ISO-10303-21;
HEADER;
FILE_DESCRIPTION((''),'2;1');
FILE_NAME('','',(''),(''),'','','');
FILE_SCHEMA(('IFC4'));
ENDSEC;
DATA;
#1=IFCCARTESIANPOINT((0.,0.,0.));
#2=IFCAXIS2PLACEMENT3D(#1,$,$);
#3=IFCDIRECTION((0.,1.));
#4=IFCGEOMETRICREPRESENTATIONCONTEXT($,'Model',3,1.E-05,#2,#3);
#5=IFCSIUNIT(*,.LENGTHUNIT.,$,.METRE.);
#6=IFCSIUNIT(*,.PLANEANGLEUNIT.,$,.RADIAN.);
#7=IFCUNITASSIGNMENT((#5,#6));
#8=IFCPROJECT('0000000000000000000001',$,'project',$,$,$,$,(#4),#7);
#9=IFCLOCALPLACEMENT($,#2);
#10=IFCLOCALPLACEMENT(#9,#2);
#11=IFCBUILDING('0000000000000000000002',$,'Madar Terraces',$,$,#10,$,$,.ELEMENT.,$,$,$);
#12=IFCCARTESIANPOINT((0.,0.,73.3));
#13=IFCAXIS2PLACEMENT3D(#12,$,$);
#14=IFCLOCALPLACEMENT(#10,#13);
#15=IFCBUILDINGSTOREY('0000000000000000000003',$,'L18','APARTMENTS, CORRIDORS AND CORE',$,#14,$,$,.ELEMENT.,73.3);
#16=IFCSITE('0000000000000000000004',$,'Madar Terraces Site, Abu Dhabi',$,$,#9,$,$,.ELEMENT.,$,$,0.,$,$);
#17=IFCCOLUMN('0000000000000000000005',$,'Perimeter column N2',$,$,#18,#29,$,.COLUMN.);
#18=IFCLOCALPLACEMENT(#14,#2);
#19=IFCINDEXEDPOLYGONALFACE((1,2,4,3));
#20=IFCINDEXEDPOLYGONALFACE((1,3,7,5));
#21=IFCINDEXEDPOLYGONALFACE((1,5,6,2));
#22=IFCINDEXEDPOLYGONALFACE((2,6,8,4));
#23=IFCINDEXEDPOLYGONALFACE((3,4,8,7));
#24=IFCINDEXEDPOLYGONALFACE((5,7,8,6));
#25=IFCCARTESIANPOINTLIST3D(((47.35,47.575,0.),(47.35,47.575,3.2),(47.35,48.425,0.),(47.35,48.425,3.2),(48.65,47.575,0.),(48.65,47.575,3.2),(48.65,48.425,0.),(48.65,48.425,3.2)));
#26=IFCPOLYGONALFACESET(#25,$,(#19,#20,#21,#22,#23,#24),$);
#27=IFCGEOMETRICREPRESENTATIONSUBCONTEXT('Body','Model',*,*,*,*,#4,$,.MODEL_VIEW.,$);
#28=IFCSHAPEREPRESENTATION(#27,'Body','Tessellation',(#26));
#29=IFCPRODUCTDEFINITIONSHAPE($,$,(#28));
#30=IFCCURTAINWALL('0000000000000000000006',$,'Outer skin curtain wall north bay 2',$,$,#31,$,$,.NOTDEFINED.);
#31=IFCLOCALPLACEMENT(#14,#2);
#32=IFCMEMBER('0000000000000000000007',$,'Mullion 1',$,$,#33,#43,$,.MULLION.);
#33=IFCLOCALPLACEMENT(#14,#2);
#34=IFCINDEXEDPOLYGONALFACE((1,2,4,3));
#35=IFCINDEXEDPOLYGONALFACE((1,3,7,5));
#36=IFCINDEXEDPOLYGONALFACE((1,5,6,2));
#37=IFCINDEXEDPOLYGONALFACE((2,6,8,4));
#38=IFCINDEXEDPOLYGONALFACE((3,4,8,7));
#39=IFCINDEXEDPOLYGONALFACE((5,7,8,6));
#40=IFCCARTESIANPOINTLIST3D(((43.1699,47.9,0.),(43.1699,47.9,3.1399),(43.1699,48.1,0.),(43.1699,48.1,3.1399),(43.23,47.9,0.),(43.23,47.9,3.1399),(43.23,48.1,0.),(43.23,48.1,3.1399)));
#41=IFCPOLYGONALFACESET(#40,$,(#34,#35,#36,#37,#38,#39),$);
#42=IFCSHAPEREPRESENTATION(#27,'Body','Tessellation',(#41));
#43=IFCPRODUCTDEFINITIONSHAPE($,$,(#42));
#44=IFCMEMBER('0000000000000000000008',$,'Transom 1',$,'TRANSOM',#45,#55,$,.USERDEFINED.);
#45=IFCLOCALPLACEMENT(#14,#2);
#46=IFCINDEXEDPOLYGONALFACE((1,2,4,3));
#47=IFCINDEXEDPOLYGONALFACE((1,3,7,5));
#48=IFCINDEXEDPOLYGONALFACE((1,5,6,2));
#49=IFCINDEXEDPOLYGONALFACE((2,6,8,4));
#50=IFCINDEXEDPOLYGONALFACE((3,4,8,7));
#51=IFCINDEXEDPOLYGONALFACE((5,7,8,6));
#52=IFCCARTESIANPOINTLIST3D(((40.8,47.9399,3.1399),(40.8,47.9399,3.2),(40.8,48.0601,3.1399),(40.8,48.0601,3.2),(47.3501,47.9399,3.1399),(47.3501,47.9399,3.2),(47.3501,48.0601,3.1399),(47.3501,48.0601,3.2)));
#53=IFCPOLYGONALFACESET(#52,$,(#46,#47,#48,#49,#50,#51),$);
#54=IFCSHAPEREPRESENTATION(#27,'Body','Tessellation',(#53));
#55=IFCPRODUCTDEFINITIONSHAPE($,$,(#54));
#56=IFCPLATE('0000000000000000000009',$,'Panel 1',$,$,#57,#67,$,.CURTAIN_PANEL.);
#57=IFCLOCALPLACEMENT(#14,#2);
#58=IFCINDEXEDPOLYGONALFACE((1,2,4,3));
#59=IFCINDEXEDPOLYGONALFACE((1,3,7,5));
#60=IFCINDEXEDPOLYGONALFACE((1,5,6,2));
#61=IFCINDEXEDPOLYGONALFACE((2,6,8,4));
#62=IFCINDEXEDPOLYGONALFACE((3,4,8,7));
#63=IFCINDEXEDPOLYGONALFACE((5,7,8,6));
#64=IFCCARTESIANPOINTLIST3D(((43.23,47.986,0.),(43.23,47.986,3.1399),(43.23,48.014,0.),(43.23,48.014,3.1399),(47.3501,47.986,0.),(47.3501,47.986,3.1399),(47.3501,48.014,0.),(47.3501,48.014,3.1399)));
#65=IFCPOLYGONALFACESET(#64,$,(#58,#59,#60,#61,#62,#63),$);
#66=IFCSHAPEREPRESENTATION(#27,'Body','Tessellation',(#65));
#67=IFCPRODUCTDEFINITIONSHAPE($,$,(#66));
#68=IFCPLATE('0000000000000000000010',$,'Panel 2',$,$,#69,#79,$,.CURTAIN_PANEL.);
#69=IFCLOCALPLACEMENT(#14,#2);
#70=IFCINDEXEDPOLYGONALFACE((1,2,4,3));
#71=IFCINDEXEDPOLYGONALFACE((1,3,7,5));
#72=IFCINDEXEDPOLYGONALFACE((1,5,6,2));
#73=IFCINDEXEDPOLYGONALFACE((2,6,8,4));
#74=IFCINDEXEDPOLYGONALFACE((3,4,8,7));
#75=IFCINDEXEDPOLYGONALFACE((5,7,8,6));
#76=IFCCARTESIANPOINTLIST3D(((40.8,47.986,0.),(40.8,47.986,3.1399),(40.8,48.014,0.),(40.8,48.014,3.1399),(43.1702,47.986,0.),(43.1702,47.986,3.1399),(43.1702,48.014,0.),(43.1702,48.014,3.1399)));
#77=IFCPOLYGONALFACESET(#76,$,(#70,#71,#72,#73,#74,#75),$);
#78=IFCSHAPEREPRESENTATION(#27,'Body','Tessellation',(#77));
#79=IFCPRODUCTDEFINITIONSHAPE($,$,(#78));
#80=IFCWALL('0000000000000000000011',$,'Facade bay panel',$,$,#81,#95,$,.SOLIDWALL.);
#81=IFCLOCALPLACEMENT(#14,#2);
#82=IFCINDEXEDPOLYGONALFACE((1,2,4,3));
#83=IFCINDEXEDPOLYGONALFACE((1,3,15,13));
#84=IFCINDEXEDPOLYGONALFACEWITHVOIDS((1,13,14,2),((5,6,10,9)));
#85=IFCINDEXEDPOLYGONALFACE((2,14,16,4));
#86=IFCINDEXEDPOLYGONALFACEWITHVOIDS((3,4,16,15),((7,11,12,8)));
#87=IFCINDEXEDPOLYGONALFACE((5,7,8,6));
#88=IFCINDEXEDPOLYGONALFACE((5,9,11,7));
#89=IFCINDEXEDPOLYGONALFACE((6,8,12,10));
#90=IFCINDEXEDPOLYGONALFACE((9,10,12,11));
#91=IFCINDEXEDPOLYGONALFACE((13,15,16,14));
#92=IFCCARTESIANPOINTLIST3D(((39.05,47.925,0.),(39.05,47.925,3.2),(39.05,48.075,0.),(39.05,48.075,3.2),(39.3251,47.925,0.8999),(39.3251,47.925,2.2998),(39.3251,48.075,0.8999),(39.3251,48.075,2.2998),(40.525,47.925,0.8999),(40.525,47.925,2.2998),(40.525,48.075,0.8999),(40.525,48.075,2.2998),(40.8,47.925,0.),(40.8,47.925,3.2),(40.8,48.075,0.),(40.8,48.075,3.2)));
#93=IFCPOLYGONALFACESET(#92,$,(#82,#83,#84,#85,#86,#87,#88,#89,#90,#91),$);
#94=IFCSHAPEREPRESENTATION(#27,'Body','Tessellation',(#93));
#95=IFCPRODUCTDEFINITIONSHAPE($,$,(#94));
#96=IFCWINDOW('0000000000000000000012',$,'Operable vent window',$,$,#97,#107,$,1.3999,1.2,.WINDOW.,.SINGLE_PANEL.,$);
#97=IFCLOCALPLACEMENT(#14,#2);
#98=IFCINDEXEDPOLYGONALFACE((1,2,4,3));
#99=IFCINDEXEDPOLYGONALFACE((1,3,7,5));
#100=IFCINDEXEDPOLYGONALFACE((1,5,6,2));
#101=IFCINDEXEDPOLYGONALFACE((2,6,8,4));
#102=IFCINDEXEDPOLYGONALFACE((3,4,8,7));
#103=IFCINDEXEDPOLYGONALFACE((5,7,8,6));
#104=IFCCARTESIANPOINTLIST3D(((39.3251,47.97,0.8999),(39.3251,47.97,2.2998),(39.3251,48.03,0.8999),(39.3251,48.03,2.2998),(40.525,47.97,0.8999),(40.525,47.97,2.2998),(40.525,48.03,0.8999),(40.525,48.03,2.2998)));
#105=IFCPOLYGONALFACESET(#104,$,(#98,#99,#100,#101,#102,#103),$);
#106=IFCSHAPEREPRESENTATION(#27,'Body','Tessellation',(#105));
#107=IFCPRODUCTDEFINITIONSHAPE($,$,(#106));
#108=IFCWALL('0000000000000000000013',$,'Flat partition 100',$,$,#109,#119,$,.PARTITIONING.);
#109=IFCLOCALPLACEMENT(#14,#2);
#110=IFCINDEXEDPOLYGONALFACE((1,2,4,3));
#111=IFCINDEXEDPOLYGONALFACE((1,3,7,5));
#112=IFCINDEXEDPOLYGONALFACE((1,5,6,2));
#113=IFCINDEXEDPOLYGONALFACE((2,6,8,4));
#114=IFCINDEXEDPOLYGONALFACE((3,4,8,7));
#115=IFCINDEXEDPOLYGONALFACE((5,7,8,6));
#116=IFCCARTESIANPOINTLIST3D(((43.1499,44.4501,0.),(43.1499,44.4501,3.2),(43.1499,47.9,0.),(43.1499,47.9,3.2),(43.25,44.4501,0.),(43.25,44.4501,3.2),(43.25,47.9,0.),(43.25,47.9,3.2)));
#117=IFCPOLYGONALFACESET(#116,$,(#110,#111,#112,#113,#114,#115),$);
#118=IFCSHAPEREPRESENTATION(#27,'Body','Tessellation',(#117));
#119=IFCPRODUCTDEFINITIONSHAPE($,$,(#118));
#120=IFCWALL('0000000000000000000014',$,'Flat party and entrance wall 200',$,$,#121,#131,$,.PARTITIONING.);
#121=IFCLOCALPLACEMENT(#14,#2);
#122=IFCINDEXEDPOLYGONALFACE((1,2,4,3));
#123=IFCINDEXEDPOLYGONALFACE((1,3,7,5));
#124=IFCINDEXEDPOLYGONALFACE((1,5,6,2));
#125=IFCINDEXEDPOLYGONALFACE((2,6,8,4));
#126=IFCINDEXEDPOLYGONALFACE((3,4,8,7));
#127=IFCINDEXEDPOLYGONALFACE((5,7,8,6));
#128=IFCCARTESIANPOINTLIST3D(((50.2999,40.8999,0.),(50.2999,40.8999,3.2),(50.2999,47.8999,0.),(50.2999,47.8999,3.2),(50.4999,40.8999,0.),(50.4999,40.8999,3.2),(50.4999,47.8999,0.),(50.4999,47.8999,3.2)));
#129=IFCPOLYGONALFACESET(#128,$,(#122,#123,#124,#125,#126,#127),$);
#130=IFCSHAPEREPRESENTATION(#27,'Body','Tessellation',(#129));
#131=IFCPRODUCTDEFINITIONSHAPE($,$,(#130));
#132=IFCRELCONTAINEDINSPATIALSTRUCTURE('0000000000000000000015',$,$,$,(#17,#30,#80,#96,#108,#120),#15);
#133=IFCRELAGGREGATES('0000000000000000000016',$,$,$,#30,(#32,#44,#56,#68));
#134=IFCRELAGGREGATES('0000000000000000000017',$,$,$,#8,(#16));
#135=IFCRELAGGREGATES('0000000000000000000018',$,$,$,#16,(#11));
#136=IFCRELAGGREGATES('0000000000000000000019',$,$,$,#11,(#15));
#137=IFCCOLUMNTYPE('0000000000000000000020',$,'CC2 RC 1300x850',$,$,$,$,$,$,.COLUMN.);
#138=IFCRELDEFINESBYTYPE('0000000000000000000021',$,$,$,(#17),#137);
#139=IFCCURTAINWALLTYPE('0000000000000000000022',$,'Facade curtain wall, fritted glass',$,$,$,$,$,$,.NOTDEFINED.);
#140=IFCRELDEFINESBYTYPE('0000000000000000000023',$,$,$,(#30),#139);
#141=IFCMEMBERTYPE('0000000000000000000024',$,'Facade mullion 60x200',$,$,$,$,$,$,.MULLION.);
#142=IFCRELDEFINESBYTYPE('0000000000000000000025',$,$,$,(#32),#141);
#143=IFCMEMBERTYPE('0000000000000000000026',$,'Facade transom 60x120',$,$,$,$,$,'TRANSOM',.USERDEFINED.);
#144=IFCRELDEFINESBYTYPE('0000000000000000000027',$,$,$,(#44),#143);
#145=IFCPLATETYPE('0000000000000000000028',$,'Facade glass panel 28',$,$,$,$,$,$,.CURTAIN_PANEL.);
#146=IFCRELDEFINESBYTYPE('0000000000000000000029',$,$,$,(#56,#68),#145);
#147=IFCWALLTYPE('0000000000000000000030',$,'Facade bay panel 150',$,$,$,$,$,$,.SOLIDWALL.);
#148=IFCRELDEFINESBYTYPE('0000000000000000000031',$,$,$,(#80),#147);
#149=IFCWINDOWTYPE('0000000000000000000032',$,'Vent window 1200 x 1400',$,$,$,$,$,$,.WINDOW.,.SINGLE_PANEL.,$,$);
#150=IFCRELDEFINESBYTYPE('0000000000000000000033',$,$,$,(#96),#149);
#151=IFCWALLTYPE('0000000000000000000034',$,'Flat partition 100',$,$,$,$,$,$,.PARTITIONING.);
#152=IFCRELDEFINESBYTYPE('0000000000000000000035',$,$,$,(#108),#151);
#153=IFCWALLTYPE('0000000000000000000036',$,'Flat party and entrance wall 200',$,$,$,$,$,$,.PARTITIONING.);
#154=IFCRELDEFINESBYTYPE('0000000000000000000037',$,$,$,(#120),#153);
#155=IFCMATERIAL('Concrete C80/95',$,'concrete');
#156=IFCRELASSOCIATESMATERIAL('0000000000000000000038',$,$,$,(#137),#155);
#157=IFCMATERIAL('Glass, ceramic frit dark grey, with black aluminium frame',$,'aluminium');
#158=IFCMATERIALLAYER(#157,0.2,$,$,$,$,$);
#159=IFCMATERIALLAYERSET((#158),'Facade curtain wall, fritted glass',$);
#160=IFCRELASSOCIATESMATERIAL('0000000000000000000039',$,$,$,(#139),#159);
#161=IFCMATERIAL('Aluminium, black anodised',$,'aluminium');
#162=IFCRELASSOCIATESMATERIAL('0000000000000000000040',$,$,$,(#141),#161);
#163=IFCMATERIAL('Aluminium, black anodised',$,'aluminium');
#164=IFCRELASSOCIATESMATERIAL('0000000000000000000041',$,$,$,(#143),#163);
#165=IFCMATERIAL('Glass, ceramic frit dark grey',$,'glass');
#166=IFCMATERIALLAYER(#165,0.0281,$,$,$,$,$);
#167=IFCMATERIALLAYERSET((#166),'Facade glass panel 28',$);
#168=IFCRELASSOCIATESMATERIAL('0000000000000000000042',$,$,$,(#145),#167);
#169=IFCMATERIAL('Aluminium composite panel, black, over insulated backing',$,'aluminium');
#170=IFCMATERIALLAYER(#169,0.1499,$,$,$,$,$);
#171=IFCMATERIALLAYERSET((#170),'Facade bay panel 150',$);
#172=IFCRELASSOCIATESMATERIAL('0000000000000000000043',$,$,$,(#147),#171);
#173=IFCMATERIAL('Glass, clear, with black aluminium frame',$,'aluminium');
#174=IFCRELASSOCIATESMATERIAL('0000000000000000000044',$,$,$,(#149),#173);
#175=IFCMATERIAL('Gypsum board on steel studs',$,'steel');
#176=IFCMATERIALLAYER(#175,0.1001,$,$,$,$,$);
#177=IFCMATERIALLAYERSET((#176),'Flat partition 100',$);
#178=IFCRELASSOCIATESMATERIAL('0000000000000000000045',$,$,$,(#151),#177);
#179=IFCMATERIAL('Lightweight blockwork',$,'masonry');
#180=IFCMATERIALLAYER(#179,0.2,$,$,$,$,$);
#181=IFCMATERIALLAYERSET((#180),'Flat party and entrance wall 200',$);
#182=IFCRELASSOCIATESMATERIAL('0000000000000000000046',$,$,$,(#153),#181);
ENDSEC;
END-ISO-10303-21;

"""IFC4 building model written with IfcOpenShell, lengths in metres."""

from ifc_helpers import new_model, si_unit, direction, frame, frame_2d, origin, origin_2d, place, context, subcontext, project, spatial, rectangle, extrude, material, layer, layer_set, material_profile, profile_set, type_object, element, fill, aggregate, save


model = new_model("IFC4")

# Units and contexts
model_context = context("Model", 3, precision=1e-05, world=origin(), true_north=direction((0.0, 1.0)))
body_context = subcontext(model_context, "Body", "Model", "MODEL_VIEW")
ifc_project = project(units=[si_unit("LENGTHUNIT", "METRE"), si_unit("PLANEANGLEUNIT", "RADIAN")], contexts=[model_context])

# Site, building, storey
site_placement = place(None, origin())
site = spatial("IfcSite", under=ifc_project, at=site_placement, Name="Madar Terraces Site, Abu Dhabi", CompositionType="ELEMENT", RefElevation=0.0)
building_placement = place(site_placement, origin())
building = spatial("IfcBuilding", under=site, at=building_placement, Name="Madar Terraces", CompositionType="ELEMENT")
storey_placement = place(building_placement, frame((0.0, 0.0, 73.3)))
storey = spatial("IfcBuildingStorey", under=building, at=storey_placement, Name="L18", Description="APARTMENTS, CORRIDORS AND CORE", CompositionType="ELEMENT", Elevation=73.3)

# Column
ifc_material_1 = material(Name="Concrete C80/95", Category="concrete")
ifc_material_profile_1 = material_profile(ifc_material_1, rectangle(XDim=1.3, YDim=0.8501, at=origin_2d()), Name="CC2 RC 1300x850")
ifc_profile_set_1 = profile_set([ifc_material_profile_1], Name="Concrete C80/95")
column_type = type_object("IfcColumnType", Name="CC2 RC 1300x850", PredefinedType="COLUMN", material=ifc_profile_set_1)
column_placement = place(storey_placement, frame((48.0, 48.0, 0.0), z_axis=(0.0, 0.0, 1.0), x_axis=(1.0, 0.0, 0.0)))
element("IfcColumn", 1, at=column_placement, inside=storey, type_object=column_type, Name="Perimeter column N2", PredefinedType="COLUMN", context=body_context, shape_type="SweptSolid", body=[
    extrude(rectangle(XDim=1.3, YDim=0.8501, at=origin_2d()), origin(), (0.0, 0.0, 1.0), 3.2),
])

# Curtain wall, members, plates
ifc_material_2 = material(Name="Glass, ceramic frit dark grey, with black aluminium frame", Category="aluminium")
ifc_layer_1 = layer(ifc_material_2, 0.2)
ifc_layer_set_1 = layer_set([ifc_layer_1], Name="Facade curtain wall, fritted glass")
curtain_wall_type = type_object("IfcCurtainWallType", Name="Facade curtain wall, fritted glass", PredefinedType="NOTDEFINED", material=ifc_layer_set_1)
curtain_wall_placement = place(storey_placement, origin())
curtain_wall = element("IfcCurtainWall", 2, at=curtain_wall_placement, inside=storey, type_object=curtain_wall_type, Name="Outer skin curtain wall north bay 2", PredefinedType="NOTDEFINED")
ifc_material_3 = material(Name="Aluminium, black anodised", Category="aluminium")
ifc_material_profile_2 = material_profile(ifc_material_3, rectangle(XDim=0.2, YDim=0.0601, at=origin_2d()), Name="Facade mullion 60x200")
ifc_profile_set_2 = profile_set([ifc_material_profile_2], Name="Aluminium, black anodised")
member_type_1 = type_object("IfcMemberType", Name="Facade mullion 60x200", PredefinedType="MULLION", material=ifc_profile_set_2)
member_1_placement = place(storey_placement, frame((43.2, 48.0, 0.0), z_axis=(0.0, 0.0, 1.0), x_axis=(0.0, -1.0, 0.0)))
member_1 = element("IfcMember", 3, at=member_1_placement, type_object=member_type_1, Name="Mullion 1", PredefinedType="MULLION", context=body_context, shape_type="SweptSolid", body=[
    extrude(rectangle(XDim=0.2, YDim=0.0601, at=origin_2d()), origin(), (0.0, 0.0, 1.0), 3.1399),
])
ifc_material_4 = material(Name="Aluminium, black anodised", Category="aluminium")
ifc_material_profile_3 = material_profile(ifc_material_4, rectangle(XDim=0.1201, YDim=0.0601, at=origin_2d()), Name="Facade transom 60x120")
ifc_profile_set_3 = profile_set([ifc_material_profile_3], Name="Aluminium, black anodised")
member_type_2 = type_object("IfcMemberType", Name="Facade transom 60x120", ElementType="TRANSOM", PredefinedType="USERDEFINED", material=ifc_profile_set_3)
member_2_placement = place(storey_placement, frame((47.3501, 48.0, 3.1699), z_axis=(-1.0, 0.0, 0.0), x_axis=(0.0, -1.0, 0.0)))
member_2 = element("IfcMember", 4, at=member_2_placement, type_object=member_type_2, Name="Transom 1", ObjectType="TRANSOM", PredefinedType="USERDEFINED", context=body_context, shape_type="SweptSolid", body=[
    extrude(rectangle(XDim=0.1201, YDim=0.0601, at=origin_2d()), origin(), (0.0, 0.0, 1.0), 6.55),
])
ifc_material_5 = material(Name="Glass, ceramic frit dark grey", Category="glass")
ifc_layer_2 = layer(ifc_material_5, 0.0281)
ifc_layer_set_2 = layer_set([ifc_layer_2], Name="Facade glass panel 28")
plate_type = type_object("IfcPlateType", Name="Facade glass panel 28", PredefinedType="CURTAIN_PANEL", material=ifc_layer_set_2)
plate_1_placement = place(storey_placement, frame((45.29, 48.0, 0.0), z_axis=(0.0, 0.0, 1.0), x_axis=(-1.0, 0.0, 0.0)))
plate_1 = element("IfcPlate", 5, at=plate_1_placement, type_object=plate_type, Name="Panel 1", PredefinedType="CURTAIN_PANEL", context=body_context, shape_type="SweptSolid", body=[
    extrude(rectangle(XDim=4.1201, YDim=0.0281, at=origin_2d()), origin(), (0.0, 0.0, 1.0), 3.1399),
])
plate_2_placement = place(storey_placement, frame((41.9851, 48.0, 0.0), z_axis=(0.0, 0.0, 1.0), x_axis=(-1.0, 0.0, 0.0)))
plate_2 = element("IfcPlate", 6, at=plate_2_placement, type_object=plate_type, Name="Panel 2", PredefinedType="CURTAIN_PANEL", context=body_context, shape_type="SweptSolid", body=[
    extrude(rectangle(XDim=2.3701, YDim=0.0281, at=origin_2d()), origin(), (0.0, 0.0, 1.0), 3.1399),
])
aggregate(curtain_wall, [member_1, member_2, plate_1, plate_2])

# Wall, opening, window
ifc_material_6 = material(Name="Aluminium composite panel, black, over insulated backing", Category="aluminium")
ifc_layer_3 = layer(ifc_material_6, 0.1499)
ifc_layer_set_3 = layer_set([ifc_layer_3], Name="Facade bay panel 150")
wall_type_1 = type_object("IfcWallType", Name="Facade bay panel 150", PredefinedType="SOLIDWALL", material=ifc_layer_set_3)
wall_1_placement = place(storey_placement, frame((40.8, 48.0, 0.0), z_axis=(0.0, 0.0, 1.0), x_axis=(-1.0, 0.0, 0.0)))
wall_1 = element("IfcWall", 7, at=wall_1_placement, inside=storey, type_object=wall_type_1, Name="Facade bay panel", PredefinedType="SOLIDWALL", context=body_context, shape_type="SweptSolid", body=[
    extrude(rectangle(XDim=1.75, YDim=0.1499, at=frame_2d((0.875, 0.0))), origin(), (0.0, 0.0, 1.0), 3.2),
])
opening_1_placement = place(wall_1_placement, frame((0.2749, 0.0, 0.8999)))
opening_1 = element("IfcOpeningElement", 8, at=opening_1_placement, cuts=wall_1, PredefinedType="OPENING", context=body_context, shape_type="SweptSolid", body=[
    extrude(rectangle(XDim=1.2, YDim=1.3999, at=frame_2d((0.6001, 0.7))), frame((0.0, 0.085, 0.0), z_axis=(0.0, -1.0, 0.0), x_axis=(1.0, 0.0, 0.0)), (0.0, 0.0, 1.0), 0.1699),
])
ifc_material_7 = material(Name="Glass, clear, with black aluminium frame", Category="aluminium")
window_type = type_object("IfcWindowType", Name="Vent window 1200 x 1400", PartitioningType="SINGLE_PANEL", PredefinedType="WINDOW", material=ifc_material_7)
window_placement = place(opening_1_placement, origin())
window = element("IfcWindow", 9, at=window_placement, inside=storey, type_object=window_type, Name="Operable vent window", OverallHeight=1.3999, OverallWidth=1.2, PartitioningType="SINGLE_PANEL", PredefinedType="WINDOW", context=body_context, shape_type="SweptSolid", body=[
    extrude(rectangle(XDim=1.2, YDim=1.3999, at=frame_2d((0.6001, 0.7))), frame((0.0, 0.03, 0.0), z_axis=(0.0, -1.0, 0.0), x_axis=(1.0, 0.0, 0.0)), (0.0, 0.0, 1.0), 0.0601),
])
fill(opening_1, window)

# Walls
ifc_material_8 = material(Name="Gypsum board on steel studs", Category="steel")
ifc_layer_4 = layer(ifc_material_8, 0.1001)
ifc_layer_set_4 = layer_set([ifc_layer_4], Name="Flat partition 100")
wall_type_2 = type_object("IfcWallType", Name="Flat partition 100", PredefinedType="PARTITIONING", material=ifc_layer_set_4)
wall_2_placement = place(storey_placement, frame((43.2, 44.45, 0.0), z_axis=(0.0, 0.0, 1.0), x_axis=(0.0, 1.0, 0.0)))
element("IfcWall", 10, at=wall_2_placement, inside=storey, type_object=wall_type_2, Name="Flat partition 100", PredefinedType="PARTITIONING", context=body_context, shape_type="SweptSolid", body=[
    extrude(rectangle(XDim=3.45, YDim=0.1001, at=frame_2d((1.7251, 0.0))), origin(), (0.0, 0.0, 1.0), 3.2),
])
ifc_material_9 = material(Name="Lightweight blockwork", Category="masonry")
ifc_layer_5 = layer(ifc_material_9, 0.2)
ifc_layer_set_5 = layer_set([ifc_layer_5], Name="Flat party and entrance wall 200")
wall_type_3 = type_object("IfcWallType", Name="Flat party and entrance wall 200", PredefinedType="PARTITIONING", material=ifc_layer_set_5)
wall_3_placement = place(storey_placement, frame((50.3999, 40.8999, 0.0), z_axis=(0.0, 0.0, 1.0), x_axis=(0.0, 1.0, 0.0)))
element("IfcWall", 11, at=wall_3_placement, inside=storey, type_object=wall_type_3, Name="Flat party and entrance wall 200", PredefinedType="PARTITIONING", context=body_context, shape_type="SweptSolid", body=[
    extrude(rectangle(XDim=7.0, YDim=0.2, at=frame_2d((3.5, 0.0))), origin(), (0.0, 0.0, 1.0), 3.2),
])

save(model, "model.ifc")
